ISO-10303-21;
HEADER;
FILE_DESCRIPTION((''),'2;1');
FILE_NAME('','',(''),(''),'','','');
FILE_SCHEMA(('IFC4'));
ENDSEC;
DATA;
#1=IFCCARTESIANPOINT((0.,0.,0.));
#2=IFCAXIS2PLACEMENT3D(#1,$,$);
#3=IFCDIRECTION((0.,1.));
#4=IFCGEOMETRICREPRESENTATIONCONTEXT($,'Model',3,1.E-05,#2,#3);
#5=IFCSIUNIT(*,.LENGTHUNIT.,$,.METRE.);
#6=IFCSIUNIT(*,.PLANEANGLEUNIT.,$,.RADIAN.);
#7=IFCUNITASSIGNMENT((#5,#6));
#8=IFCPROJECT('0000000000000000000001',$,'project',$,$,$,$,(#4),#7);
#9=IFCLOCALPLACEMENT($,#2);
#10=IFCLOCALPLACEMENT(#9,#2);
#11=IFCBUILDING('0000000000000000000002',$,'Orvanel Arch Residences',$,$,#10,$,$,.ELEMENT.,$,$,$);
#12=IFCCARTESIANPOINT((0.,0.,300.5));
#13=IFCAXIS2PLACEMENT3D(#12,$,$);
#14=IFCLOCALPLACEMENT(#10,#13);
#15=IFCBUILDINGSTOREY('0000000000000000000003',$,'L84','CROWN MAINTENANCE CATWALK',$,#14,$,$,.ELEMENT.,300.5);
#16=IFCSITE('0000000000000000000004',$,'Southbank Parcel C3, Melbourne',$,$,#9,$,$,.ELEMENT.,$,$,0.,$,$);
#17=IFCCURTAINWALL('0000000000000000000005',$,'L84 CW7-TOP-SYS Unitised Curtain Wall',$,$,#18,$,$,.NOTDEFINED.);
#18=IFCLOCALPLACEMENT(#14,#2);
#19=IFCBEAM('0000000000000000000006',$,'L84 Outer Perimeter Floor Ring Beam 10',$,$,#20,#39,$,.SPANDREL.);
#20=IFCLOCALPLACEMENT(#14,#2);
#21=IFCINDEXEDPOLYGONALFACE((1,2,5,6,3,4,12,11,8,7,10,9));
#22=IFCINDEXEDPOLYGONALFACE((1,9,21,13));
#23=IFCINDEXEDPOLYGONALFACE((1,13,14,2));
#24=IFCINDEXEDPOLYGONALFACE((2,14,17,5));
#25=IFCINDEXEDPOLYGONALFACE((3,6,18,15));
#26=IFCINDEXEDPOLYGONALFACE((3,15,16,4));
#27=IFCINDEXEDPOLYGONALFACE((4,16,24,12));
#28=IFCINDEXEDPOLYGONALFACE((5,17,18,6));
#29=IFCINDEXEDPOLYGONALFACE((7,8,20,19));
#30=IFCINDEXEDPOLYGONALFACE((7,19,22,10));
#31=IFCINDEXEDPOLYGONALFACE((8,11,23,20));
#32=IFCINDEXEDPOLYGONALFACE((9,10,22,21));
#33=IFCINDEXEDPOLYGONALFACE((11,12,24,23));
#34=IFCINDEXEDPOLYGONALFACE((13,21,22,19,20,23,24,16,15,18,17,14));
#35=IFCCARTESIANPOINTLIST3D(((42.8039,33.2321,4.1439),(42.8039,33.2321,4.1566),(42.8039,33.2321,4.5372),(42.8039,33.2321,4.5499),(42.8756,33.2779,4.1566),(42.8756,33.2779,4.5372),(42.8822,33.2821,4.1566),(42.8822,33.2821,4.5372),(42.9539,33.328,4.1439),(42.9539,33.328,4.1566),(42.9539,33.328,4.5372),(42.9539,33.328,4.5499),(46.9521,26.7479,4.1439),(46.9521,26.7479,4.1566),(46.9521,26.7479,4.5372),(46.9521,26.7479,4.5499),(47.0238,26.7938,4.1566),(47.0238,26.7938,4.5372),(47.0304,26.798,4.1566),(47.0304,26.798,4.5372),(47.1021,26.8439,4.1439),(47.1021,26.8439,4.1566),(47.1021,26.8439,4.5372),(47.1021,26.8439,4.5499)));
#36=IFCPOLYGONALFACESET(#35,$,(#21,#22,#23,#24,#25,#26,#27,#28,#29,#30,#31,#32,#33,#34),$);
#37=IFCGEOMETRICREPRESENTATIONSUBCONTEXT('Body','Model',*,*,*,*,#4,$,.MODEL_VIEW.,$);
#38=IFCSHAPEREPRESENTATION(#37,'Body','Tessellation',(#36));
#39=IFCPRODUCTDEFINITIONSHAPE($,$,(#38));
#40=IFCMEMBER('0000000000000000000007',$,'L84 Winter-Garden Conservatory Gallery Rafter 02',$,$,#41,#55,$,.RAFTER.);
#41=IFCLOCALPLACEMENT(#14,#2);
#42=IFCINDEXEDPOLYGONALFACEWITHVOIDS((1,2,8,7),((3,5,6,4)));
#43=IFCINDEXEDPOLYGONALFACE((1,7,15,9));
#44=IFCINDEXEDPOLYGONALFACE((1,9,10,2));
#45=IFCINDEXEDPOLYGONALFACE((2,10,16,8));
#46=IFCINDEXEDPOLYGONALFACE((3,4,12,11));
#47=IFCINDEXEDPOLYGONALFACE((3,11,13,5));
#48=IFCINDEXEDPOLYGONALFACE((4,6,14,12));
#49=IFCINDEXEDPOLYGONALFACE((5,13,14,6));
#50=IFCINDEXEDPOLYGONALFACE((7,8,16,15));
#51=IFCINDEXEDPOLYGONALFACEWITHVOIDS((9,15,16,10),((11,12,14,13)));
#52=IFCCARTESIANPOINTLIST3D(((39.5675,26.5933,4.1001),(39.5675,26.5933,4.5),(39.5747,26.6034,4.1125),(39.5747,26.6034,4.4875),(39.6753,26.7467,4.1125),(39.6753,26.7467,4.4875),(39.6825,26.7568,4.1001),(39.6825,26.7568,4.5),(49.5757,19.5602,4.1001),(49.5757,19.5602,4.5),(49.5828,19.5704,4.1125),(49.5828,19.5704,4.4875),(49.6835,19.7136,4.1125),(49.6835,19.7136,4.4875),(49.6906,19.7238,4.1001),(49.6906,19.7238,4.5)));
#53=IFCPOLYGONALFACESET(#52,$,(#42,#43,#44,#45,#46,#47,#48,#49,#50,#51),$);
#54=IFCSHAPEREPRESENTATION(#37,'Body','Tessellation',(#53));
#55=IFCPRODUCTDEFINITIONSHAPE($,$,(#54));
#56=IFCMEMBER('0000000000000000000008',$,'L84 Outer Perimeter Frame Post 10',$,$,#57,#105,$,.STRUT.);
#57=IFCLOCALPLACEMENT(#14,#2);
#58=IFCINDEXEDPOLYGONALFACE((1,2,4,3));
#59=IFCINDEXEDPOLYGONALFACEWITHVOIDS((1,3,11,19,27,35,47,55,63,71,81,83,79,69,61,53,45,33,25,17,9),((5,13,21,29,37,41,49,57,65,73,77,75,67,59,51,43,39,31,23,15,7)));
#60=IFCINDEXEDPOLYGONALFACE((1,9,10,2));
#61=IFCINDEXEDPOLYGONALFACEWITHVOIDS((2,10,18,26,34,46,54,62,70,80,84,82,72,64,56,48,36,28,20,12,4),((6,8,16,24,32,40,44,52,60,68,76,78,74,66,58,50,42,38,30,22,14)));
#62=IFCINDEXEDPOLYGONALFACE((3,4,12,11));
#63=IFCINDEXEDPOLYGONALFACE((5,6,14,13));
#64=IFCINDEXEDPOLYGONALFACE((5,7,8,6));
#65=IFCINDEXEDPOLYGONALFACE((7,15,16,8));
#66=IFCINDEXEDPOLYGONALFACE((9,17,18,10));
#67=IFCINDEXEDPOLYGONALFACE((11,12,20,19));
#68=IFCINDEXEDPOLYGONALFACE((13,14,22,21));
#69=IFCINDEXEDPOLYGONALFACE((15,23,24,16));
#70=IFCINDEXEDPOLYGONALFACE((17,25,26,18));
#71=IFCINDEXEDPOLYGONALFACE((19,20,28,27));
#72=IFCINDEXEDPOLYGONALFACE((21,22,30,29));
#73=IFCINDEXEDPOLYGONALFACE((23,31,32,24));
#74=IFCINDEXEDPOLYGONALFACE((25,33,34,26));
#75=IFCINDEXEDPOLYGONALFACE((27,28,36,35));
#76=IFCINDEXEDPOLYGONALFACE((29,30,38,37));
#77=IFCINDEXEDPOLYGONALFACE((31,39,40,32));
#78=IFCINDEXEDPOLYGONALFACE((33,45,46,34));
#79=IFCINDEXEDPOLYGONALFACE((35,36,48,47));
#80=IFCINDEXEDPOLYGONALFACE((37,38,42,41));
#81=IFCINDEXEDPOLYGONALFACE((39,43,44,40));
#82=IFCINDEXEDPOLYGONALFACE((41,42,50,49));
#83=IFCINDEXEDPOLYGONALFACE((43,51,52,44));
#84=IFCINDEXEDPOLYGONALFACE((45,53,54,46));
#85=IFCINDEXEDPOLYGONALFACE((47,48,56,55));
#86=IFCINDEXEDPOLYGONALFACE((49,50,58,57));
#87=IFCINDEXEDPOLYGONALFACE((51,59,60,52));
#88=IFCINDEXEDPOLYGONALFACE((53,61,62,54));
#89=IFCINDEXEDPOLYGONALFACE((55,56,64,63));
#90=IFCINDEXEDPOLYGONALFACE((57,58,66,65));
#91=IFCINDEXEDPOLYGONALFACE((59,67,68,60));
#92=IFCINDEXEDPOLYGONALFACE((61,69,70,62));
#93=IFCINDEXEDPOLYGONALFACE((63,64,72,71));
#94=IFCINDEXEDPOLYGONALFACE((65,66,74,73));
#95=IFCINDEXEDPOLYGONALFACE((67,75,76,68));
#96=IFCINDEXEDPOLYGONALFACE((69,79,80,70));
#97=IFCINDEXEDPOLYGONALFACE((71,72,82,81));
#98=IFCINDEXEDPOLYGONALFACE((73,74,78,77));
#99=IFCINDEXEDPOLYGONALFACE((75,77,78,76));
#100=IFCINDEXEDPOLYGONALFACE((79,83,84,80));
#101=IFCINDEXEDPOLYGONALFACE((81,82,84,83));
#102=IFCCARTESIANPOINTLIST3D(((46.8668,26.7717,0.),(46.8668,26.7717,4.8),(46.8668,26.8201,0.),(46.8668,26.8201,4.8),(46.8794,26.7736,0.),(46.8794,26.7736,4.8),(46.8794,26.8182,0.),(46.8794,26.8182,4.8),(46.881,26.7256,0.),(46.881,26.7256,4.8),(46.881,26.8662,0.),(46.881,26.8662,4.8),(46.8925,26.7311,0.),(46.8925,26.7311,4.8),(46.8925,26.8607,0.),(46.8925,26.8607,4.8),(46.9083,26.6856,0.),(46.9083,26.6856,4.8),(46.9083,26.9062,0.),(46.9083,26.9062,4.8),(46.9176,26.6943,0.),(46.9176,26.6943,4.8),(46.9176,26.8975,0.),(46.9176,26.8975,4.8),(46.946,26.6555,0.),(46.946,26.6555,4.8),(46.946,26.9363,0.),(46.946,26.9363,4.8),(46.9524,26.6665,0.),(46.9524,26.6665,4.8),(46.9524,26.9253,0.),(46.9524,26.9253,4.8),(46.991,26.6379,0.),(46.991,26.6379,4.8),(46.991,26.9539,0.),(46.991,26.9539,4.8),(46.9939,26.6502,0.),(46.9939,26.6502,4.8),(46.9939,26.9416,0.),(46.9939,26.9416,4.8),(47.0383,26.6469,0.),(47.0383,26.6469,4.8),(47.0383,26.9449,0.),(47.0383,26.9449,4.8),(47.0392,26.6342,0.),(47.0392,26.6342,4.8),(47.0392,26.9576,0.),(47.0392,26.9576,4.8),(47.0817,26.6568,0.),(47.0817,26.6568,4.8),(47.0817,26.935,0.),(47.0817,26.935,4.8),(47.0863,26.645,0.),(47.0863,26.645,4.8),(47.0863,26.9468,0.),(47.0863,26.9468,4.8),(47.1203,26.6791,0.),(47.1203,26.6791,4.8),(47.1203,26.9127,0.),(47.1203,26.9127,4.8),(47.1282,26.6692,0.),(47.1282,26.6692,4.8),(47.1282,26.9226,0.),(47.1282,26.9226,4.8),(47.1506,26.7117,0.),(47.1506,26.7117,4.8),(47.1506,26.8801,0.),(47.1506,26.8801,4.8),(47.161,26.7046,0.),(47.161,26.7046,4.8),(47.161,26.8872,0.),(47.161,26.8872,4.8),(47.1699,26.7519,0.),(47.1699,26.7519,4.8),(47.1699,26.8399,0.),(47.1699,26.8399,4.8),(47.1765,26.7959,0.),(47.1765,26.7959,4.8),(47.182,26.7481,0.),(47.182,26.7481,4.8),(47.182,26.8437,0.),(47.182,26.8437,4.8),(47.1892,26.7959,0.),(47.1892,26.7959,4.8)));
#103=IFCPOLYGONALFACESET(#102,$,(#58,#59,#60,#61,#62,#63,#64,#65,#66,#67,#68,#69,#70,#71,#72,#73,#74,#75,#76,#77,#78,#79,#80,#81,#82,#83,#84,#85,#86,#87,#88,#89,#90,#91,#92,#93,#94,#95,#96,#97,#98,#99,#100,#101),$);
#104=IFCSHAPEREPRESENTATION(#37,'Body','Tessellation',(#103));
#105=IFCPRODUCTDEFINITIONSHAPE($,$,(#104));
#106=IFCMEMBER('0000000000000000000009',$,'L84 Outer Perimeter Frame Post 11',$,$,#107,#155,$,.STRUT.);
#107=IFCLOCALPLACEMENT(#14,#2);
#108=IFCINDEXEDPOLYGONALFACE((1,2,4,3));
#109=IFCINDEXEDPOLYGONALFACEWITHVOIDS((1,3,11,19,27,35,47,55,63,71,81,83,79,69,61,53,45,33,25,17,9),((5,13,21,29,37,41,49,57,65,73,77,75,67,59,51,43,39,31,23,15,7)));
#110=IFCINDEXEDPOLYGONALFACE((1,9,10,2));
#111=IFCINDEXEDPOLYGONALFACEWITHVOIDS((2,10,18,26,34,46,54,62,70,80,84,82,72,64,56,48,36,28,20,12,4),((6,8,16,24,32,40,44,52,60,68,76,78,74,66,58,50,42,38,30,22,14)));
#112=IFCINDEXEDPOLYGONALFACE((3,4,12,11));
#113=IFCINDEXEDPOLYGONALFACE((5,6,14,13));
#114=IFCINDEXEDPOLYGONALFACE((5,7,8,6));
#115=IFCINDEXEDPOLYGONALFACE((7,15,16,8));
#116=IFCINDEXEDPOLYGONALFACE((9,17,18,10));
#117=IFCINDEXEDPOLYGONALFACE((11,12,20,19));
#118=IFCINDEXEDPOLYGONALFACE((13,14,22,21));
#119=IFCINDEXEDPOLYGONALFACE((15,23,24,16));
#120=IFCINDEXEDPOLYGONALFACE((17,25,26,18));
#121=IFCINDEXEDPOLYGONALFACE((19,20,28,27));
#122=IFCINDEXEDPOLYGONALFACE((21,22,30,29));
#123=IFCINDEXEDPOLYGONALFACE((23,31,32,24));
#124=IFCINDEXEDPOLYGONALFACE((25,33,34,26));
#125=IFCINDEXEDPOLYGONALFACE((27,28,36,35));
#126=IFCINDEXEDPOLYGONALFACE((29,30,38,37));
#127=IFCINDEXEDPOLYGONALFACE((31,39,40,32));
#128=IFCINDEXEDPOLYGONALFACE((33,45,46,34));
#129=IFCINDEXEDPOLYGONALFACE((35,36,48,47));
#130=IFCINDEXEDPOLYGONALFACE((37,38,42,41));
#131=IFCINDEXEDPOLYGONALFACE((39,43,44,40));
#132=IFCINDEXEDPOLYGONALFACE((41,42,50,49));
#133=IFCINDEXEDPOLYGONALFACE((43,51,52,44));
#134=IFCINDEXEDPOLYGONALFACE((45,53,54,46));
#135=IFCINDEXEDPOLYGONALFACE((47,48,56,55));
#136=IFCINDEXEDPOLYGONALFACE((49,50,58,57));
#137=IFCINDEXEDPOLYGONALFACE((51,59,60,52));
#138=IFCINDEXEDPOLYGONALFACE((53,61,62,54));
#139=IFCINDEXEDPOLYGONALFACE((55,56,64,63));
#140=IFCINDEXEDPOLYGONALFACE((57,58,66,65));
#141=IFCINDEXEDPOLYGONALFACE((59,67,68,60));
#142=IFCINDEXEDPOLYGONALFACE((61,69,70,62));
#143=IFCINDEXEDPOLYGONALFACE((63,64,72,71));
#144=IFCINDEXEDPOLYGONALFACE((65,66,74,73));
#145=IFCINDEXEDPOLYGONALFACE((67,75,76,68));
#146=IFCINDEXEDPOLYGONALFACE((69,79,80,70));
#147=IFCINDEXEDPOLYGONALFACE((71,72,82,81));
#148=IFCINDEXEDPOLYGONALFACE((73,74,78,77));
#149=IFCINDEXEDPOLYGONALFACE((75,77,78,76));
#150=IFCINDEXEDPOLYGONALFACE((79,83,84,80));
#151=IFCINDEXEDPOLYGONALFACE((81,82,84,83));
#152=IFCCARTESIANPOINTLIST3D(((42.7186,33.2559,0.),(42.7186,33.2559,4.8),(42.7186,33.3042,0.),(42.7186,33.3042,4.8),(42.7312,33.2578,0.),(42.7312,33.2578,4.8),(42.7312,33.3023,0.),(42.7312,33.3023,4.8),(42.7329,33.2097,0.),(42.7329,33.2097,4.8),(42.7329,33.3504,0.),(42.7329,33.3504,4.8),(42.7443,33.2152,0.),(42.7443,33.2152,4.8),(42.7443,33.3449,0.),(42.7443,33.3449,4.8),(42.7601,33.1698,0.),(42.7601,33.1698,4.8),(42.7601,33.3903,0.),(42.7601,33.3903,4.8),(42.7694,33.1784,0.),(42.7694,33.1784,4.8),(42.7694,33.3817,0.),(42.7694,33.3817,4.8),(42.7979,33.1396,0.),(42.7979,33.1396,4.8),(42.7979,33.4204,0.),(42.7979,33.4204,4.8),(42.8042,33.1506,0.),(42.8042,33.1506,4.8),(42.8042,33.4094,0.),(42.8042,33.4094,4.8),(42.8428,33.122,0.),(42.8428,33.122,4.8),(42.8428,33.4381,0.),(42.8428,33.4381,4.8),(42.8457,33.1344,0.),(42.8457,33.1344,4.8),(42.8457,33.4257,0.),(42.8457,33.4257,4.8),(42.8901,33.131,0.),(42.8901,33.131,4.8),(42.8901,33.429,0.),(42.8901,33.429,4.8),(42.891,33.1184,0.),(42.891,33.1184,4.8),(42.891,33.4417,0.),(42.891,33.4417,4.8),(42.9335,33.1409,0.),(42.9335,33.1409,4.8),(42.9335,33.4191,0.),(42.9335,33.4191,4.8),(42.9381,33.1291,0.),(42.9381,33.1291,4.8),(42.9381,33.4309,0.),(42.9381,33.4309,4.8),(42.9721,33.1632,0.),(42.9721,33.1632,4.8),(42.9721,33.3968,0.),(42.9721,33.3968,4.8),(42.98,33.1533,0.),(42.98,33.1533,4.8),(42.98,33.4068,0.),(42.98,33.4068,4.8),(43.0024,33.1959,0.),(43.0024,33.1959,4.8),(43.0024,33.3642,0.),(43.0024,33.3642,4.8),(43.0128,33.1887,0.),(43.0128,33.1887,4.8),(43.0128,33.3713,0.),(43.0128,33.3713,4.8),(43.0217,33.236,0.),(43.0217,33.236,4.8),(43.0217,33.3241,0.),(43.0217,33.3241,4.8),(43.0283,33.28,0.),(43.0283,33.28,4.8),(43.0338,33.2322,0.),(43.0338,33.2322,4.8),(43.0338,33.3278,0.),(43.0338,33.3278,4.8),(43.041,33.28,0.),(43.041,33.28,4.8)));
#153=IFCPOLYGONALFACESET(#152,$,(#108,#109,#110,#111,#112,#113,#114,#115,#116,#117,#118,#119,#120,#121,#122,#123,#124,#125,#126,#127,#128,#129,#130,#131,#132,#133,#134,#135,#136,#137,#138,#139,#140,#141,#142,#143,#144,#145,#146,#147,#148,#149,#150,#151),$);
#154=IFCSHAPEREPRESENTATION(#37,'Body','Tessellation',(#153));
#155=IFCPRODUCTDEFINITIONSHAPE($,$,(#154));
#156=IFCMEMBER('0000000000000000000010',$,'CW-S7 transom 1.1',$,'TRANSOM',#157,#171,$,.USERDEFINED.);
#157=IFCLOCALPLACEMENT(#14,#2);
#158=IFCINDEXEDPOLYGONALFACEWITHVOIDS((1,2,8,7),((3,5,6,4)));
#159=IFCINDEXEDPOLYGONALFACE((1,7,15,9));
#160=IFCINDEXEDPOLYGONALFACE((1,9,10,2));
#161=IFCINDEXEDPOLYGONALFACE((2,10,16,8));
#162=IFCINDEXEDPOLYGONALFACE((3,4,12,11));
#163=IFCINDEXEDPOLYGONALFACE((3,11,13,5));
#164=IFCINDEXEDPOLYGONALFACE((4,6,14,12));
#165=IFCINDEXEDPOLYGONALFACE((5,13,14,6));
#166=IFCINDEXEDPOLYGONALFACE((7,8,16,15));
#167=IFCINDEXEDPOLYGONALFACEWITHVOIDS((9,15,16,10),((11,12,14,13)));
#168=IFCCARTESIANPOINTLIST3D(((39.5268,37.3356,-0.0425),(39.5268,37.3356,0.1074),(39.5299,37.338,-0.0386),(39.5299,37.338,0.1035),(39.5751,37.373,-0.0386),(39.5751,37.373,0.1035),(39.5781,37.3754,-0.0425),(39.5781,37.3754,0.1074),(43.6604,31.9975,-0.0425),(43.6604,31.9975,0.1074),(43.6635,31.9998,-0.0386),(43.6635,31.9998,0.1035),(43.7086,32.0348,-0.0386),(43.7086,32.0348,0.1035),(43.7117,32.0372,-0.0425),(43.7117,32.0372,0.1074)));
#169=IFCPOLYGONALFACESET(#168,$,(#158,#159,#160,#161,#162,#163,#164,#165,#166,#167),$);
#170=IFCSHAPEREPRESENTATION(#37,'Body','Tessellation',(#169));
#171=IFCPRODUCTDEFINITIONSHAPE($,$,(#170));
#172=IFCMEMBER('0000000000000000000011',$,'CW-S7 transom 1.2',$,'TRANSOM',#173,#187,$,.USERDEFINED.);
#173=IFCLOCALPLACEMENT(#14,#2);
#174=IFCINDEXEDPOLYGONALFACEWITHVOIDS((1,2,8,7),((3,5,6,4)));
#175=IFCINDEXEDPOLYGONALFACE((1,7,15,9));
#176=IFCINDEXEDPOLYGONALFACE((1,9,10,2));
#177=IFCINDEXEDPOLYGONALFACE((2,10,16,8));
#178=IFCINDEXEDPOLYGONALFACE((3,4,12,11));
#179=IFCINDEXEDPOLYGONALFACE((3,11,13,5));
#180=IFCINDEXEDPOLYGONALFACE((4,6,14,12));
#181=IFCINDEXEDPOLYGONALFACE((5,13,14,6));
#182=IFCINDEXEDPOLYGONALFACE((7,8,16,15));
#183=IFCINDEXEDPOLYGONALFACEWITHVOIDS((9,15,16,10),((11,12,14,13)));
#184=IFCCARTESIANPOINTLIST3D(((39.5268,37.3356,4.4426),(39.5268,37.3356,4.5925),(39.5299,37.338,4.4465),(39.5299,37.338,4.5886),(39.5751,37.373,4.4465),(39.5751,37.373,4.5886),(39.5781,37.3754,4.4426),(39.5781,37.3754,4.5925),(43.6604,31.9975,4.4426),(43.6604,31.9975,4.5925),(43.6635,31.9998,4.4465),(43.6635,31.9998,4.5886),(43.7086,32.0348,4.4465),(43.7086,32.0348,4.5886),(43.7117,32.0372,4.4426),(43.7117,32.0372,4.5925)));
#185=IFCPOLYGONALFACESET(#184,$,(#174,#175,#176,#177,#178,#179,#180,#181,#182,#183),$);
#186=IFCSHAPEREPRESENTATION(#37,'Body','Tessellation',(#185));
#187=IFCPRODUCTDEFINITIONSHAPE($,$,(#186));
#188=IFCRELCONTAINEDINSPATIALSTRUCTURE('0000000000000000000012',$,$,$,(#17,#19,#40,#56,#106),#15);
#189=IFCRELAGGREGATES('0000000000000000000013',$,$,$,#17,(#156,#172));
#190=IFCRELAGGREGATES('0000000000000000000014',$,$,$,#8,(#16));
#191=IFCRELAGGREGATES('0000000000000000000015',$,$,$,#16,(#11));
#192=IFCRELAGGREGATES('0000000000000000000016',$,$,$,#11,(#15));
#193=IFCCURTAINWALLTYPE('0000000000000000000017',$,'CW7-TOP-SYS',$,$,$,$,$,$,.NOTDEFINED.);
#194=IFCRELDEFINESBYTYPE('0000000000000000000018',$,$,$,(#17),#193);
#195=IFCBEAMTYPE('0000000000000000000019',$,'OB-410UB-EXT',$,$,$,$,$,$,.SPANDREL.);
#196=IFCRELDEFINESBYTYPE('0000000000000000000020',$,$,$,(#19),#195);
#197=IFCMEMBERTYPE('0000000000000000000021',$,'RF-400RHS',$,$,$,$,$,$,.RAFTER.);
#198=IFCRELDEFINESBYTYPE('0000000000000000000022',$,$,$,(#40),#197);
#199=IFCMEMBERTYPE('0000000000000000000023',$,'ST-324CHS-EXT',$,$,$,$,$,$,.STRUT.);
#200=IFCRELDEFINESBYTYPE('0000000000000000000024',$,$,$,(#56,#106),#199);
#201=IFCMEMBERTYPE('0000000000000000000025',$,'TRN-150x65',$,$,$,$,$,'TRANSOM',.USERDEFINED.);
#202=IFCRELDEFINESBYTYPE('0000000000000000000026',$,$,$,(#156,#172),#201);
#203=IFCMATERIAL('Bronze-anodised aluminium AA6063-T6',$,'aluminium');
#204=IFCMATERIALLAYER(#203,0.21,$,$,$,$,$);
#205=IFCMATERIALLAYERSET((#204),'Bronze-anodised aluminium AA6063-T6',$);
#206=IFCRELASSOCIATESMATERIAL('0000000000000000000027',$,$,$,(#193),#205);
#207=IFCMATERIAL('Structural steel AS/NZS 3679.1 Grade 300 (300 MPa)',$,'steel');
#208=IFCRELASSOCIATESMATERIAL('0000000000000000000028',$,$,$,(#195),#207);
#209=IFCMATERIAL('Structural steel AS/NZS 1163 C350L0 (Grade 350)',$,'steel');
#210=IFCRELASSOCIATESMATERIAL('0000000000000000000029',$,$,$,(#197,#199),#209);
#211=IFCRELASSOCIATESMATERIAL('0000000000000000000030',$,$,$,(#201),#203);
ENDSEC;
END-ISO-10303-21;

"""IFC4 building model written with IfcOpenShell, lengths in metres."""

from ifc_helpers import new_model, si_unit, direction, frame, origin, origin_2d, place, context, subcontext, project, spatial, hollow_rectangle, hollow_circle, i_section, extrude, material, layer, layer_set, material_profile, profile_set, type_object, element, aggregate, save


model = new_model("IFC4")

# Units and contexts
model_context = context("Model", 3, precision=1e-05, world=origin(), true_north=direction((0.0, 1.0)))
body_context = subcontext(model_context, "Body", "Model", "MODEL_VIEW")
ifc_project = project(units=[si_unit("LENGTHUNIT", "METRE"), si_unit("PLANEANGLEUNIT", "RADIAN")], contexts=[model_context])

# Site, building, storey
site_placement = place(None, origin())
site = spatial("IfcSite", under=ifc_project, at=site_placement, Name="Southbank Parcel C3, Melbourne", CompositionType="ELEMENT", RefElevation=0.0)
building_placement = place(site_placement, origin())
building = spatial("IfcBuilding", under=site, at=building_placement, Name="Orvanel Arch Residences", CompositionType="ELEMENT")
storey_placement = place(building_placement, frame((0.0, 0.0, 300.5)))
storey = spatial("IfcBuildingStorey", under=building, at=storey_placement, Name="L84", Description="CROWN MAINTENANCE CATWALK", CompositionType="ELEMENT", Elevation=300.5)

# Shared definitions
ifc_material_1 = material(Name="Structural steel AS/NZS 1163 C350L0 (Grade 350)", Category="steel")

# Shared definitions
ifc_material_2 = material(Name="Structural steel AS/NZS 3679.1 Grade 300 (300 MPa)", Category="steel")

# Curtain wall
ifc_material_3 = material(Name="Bronze-anodised aluminium AA6063-T6", Category="aluminium")
ifc_layer_1 = layer(ifc_material_3, 0.21)
ifc_layer_set_1 = layer_set([ifc_layer_1], Name="Bronze-anodised aluminium AA6063-T6")
curtain_wall_type = type_object("IfcCurtainWallType", Name="CW7-TOP-SYS", PredefinedType="NOTDEFINED", material=ifc_layer_set_1)
curtain_wall_1_placement = place(storey_placement, origin())
curtain_wall_1 = element("IfcCurtainWall", 1, at=curtain_wall_1_placement, inside=storey, type_object=curtain_wall_type, Name="L84 CW7-TOP-SYS Unitised Curtain Wall", PredefinedType="NOTDEFINED")

# Beam
ifc_material_profile_1 = material_profile(ifc_material_2, i_section(OverallWidth=0.178, OverallDepth=0.406, WebThickness=0.0078, FlangeThickness=0.0127, at=origin_2d()), Name="410UB59.7")
ifc_profile_set_1 = profile_set([ifc_material_profile_1], Name="Structural steel AS/NZS 3679.1 Grade 300 (300 MPa)")
beam_type_1 = type_object("IfcBeamType", Name="OB-410UB-EXT", PredefinedType="SPANDREL", material=ifc_profile_set_1)
beam_1_placement = place(storey_placement, frame((47.0271, 26.7959, 4.3469), z_axis=(-0.538902, 0.842369, 0.0), x_axis=(-0.842369, -0.538902, 0.0)))
element("IfcBeam", 2, at=beam_1_placement, inside=storey, type_object=beam_type_1, Name="L84 Outer Perimeter Floor Ring Beam 10", PredefinedType="SPANDREL", context=body_context, shape_type="SweptSolid", body=[
    extrude(i_section(OverallWidth=0.178, OverallDepth=0.406, WebThickness=0.0078, FlangeThickness=0.0127, at=origin_2d()), origin(), (0.0, 0.0, 1.0), 7.6975),
])

# Members
ifc_material_profile_2 = material_profile(ifc_material_1, hollow_rectangle(XDim=0.2, YDim=0.3999, WallThickness=0.0125, at=origin_2d()), Name="RHS400x200x12.5")
ifc_profile_set_2 = profile_set([ifc_material_profile_2], Name="Structural steel AS/NZS 1163 C350L0 (Grade 350)")
member_type_1 = type_object("IfcMemberType", Name="RF-400RHS", PredefinedType="RAFTER", material=ifc_profile_set_2)
member_1_placement = place(storey_placement, frame((39.625, 26.675, 4.3), z_axis=(0.818181, -0.57496, 0.0), x_axis=(0.57496, 0.818181, 0.0)))
element("IfcMember", 3, at=member_1_placement, inside=storey, type_object=member_type_1, Name="L84 Winter-Garden Conservatory Gallery Rafter 02", PredefinedType="RAFTER", context=body_context, shape_type="SweptSolid", body=[
    extrude(hollow_rectangle(XDim=0.2, YDim=0.3999, WallThickness=0.0125, at=origin_2d()), origin(), (0.0, 0.0, 1.0), 12.2322),
])
ifc_material_profile_3 = material_profile(ifc_material_1, hollow_circle(Radius=0.1621, WallThickness=0.0127, at=origin_2d()), Name="CHS324x12.7")
ifc_profile_set_3 = profile_set([ifc_material_profile_3], Name="Structural steel AS/NZS 1163 C350L0 (Grade 350)")
member_type_2 = type_object("IfcMemberType", Name="ST-324CHS-EXT", PredefinedType="STRUT", material=ifc_profile_set_3)
for number, where, z_axis, x_axis, name in (
    (4, (47.0271, 26.7959, 0.0), (0.0, 0.0, 1.0), (1.0, 0.0, 0.0), "L84 Outer Perimeter Frame Post 10"),
    (5, (42.8789, 33.28, 0.0), (0.0, 0.0, 1.0), (1.0, 0.0, 0.0), "L84 Outer Perimeter Frame Post 11"),
):
    element("IfcMember", number, at=place(storey_placement, frame(where, z_axis=z_axis, x_axis=x_axis)), inside=storey, type_object=member_type_2, Name=name, PredefinedType="STRUT", context=body_context, shape_type="SweptSolid", body=[
        extrude(hollow_circle(Radius=0.1621, WallThickness=0.0127, at=origin_2d()), origin(), (0.0, 0.0, 1.0), 4.8),
    ])

# Members
ifc_material_profile_4 = material_profile(ifc_material_3, hollow_rectangle(XDim=0.0649, YDim=0.1499, WallThickness=0.0039, at=origin_2d()), Name="ALU150x65x4")
ifc_profile_set_4 = profile_set([ifc_material_profile_4], Name="Bronze-anodised aluminium AA6063-T6")
member_type_3 = type_object("IfcMemberType", Name="TRN-150x65", ElementType="TRANSOM", PredefinedType="USERDEFINED", material=ifc_profile_set_4)
member_2_placement = place(storey_placement, frame((43.686, 32.0173, 0.0325), z_axis=(-0.612247, 0.790667, 0.0), x_axis=(-0.790667, -0.612247, 0.0)))
member_2 = element("IfcMember", 6, at=member_2_placement, type_object=member_type_3, Name="CW-S7 transom 1.1", ObjectType="TRANSOM", PredefinedType="USERDEFINED", context=body_context, shape_type="SweptSolid", body=[
    extrude(hollow_rectangle(XDim=0.0649, YDim=0.1499, WallThickness=0.0039, at=origin_2d()), origin(), (0.0, 0.0, 1.0), 6.7515),
])
member_3_placement = place(storey_placement, frame((43.686, 32.0173, 4.5176), z_axis=(-0.612247, 0.790667, 0.0), x_axis=(-0.790667, -0.612247, 0.0)))
member_3 = element("IfcMember", 7, at=member_3_placement, type_object=member_type_3, Name="CW-S7 transom 1.2", ObjectType="TRANSOM", PredefinedType="USERDEFINED", context=body_context, shape_type="SweptSolid", body=[
    extrude(hollow_rectangle(XDim=0.0649, YDim=0.1499, WallThickness=0.0039, at=origin_2d()), origin(), (0.0, 0.0, 1.0), 6.7515),
])
aggregate(curtain_wall_1, [member_2, member_3])

save(model, "model.ifc")
